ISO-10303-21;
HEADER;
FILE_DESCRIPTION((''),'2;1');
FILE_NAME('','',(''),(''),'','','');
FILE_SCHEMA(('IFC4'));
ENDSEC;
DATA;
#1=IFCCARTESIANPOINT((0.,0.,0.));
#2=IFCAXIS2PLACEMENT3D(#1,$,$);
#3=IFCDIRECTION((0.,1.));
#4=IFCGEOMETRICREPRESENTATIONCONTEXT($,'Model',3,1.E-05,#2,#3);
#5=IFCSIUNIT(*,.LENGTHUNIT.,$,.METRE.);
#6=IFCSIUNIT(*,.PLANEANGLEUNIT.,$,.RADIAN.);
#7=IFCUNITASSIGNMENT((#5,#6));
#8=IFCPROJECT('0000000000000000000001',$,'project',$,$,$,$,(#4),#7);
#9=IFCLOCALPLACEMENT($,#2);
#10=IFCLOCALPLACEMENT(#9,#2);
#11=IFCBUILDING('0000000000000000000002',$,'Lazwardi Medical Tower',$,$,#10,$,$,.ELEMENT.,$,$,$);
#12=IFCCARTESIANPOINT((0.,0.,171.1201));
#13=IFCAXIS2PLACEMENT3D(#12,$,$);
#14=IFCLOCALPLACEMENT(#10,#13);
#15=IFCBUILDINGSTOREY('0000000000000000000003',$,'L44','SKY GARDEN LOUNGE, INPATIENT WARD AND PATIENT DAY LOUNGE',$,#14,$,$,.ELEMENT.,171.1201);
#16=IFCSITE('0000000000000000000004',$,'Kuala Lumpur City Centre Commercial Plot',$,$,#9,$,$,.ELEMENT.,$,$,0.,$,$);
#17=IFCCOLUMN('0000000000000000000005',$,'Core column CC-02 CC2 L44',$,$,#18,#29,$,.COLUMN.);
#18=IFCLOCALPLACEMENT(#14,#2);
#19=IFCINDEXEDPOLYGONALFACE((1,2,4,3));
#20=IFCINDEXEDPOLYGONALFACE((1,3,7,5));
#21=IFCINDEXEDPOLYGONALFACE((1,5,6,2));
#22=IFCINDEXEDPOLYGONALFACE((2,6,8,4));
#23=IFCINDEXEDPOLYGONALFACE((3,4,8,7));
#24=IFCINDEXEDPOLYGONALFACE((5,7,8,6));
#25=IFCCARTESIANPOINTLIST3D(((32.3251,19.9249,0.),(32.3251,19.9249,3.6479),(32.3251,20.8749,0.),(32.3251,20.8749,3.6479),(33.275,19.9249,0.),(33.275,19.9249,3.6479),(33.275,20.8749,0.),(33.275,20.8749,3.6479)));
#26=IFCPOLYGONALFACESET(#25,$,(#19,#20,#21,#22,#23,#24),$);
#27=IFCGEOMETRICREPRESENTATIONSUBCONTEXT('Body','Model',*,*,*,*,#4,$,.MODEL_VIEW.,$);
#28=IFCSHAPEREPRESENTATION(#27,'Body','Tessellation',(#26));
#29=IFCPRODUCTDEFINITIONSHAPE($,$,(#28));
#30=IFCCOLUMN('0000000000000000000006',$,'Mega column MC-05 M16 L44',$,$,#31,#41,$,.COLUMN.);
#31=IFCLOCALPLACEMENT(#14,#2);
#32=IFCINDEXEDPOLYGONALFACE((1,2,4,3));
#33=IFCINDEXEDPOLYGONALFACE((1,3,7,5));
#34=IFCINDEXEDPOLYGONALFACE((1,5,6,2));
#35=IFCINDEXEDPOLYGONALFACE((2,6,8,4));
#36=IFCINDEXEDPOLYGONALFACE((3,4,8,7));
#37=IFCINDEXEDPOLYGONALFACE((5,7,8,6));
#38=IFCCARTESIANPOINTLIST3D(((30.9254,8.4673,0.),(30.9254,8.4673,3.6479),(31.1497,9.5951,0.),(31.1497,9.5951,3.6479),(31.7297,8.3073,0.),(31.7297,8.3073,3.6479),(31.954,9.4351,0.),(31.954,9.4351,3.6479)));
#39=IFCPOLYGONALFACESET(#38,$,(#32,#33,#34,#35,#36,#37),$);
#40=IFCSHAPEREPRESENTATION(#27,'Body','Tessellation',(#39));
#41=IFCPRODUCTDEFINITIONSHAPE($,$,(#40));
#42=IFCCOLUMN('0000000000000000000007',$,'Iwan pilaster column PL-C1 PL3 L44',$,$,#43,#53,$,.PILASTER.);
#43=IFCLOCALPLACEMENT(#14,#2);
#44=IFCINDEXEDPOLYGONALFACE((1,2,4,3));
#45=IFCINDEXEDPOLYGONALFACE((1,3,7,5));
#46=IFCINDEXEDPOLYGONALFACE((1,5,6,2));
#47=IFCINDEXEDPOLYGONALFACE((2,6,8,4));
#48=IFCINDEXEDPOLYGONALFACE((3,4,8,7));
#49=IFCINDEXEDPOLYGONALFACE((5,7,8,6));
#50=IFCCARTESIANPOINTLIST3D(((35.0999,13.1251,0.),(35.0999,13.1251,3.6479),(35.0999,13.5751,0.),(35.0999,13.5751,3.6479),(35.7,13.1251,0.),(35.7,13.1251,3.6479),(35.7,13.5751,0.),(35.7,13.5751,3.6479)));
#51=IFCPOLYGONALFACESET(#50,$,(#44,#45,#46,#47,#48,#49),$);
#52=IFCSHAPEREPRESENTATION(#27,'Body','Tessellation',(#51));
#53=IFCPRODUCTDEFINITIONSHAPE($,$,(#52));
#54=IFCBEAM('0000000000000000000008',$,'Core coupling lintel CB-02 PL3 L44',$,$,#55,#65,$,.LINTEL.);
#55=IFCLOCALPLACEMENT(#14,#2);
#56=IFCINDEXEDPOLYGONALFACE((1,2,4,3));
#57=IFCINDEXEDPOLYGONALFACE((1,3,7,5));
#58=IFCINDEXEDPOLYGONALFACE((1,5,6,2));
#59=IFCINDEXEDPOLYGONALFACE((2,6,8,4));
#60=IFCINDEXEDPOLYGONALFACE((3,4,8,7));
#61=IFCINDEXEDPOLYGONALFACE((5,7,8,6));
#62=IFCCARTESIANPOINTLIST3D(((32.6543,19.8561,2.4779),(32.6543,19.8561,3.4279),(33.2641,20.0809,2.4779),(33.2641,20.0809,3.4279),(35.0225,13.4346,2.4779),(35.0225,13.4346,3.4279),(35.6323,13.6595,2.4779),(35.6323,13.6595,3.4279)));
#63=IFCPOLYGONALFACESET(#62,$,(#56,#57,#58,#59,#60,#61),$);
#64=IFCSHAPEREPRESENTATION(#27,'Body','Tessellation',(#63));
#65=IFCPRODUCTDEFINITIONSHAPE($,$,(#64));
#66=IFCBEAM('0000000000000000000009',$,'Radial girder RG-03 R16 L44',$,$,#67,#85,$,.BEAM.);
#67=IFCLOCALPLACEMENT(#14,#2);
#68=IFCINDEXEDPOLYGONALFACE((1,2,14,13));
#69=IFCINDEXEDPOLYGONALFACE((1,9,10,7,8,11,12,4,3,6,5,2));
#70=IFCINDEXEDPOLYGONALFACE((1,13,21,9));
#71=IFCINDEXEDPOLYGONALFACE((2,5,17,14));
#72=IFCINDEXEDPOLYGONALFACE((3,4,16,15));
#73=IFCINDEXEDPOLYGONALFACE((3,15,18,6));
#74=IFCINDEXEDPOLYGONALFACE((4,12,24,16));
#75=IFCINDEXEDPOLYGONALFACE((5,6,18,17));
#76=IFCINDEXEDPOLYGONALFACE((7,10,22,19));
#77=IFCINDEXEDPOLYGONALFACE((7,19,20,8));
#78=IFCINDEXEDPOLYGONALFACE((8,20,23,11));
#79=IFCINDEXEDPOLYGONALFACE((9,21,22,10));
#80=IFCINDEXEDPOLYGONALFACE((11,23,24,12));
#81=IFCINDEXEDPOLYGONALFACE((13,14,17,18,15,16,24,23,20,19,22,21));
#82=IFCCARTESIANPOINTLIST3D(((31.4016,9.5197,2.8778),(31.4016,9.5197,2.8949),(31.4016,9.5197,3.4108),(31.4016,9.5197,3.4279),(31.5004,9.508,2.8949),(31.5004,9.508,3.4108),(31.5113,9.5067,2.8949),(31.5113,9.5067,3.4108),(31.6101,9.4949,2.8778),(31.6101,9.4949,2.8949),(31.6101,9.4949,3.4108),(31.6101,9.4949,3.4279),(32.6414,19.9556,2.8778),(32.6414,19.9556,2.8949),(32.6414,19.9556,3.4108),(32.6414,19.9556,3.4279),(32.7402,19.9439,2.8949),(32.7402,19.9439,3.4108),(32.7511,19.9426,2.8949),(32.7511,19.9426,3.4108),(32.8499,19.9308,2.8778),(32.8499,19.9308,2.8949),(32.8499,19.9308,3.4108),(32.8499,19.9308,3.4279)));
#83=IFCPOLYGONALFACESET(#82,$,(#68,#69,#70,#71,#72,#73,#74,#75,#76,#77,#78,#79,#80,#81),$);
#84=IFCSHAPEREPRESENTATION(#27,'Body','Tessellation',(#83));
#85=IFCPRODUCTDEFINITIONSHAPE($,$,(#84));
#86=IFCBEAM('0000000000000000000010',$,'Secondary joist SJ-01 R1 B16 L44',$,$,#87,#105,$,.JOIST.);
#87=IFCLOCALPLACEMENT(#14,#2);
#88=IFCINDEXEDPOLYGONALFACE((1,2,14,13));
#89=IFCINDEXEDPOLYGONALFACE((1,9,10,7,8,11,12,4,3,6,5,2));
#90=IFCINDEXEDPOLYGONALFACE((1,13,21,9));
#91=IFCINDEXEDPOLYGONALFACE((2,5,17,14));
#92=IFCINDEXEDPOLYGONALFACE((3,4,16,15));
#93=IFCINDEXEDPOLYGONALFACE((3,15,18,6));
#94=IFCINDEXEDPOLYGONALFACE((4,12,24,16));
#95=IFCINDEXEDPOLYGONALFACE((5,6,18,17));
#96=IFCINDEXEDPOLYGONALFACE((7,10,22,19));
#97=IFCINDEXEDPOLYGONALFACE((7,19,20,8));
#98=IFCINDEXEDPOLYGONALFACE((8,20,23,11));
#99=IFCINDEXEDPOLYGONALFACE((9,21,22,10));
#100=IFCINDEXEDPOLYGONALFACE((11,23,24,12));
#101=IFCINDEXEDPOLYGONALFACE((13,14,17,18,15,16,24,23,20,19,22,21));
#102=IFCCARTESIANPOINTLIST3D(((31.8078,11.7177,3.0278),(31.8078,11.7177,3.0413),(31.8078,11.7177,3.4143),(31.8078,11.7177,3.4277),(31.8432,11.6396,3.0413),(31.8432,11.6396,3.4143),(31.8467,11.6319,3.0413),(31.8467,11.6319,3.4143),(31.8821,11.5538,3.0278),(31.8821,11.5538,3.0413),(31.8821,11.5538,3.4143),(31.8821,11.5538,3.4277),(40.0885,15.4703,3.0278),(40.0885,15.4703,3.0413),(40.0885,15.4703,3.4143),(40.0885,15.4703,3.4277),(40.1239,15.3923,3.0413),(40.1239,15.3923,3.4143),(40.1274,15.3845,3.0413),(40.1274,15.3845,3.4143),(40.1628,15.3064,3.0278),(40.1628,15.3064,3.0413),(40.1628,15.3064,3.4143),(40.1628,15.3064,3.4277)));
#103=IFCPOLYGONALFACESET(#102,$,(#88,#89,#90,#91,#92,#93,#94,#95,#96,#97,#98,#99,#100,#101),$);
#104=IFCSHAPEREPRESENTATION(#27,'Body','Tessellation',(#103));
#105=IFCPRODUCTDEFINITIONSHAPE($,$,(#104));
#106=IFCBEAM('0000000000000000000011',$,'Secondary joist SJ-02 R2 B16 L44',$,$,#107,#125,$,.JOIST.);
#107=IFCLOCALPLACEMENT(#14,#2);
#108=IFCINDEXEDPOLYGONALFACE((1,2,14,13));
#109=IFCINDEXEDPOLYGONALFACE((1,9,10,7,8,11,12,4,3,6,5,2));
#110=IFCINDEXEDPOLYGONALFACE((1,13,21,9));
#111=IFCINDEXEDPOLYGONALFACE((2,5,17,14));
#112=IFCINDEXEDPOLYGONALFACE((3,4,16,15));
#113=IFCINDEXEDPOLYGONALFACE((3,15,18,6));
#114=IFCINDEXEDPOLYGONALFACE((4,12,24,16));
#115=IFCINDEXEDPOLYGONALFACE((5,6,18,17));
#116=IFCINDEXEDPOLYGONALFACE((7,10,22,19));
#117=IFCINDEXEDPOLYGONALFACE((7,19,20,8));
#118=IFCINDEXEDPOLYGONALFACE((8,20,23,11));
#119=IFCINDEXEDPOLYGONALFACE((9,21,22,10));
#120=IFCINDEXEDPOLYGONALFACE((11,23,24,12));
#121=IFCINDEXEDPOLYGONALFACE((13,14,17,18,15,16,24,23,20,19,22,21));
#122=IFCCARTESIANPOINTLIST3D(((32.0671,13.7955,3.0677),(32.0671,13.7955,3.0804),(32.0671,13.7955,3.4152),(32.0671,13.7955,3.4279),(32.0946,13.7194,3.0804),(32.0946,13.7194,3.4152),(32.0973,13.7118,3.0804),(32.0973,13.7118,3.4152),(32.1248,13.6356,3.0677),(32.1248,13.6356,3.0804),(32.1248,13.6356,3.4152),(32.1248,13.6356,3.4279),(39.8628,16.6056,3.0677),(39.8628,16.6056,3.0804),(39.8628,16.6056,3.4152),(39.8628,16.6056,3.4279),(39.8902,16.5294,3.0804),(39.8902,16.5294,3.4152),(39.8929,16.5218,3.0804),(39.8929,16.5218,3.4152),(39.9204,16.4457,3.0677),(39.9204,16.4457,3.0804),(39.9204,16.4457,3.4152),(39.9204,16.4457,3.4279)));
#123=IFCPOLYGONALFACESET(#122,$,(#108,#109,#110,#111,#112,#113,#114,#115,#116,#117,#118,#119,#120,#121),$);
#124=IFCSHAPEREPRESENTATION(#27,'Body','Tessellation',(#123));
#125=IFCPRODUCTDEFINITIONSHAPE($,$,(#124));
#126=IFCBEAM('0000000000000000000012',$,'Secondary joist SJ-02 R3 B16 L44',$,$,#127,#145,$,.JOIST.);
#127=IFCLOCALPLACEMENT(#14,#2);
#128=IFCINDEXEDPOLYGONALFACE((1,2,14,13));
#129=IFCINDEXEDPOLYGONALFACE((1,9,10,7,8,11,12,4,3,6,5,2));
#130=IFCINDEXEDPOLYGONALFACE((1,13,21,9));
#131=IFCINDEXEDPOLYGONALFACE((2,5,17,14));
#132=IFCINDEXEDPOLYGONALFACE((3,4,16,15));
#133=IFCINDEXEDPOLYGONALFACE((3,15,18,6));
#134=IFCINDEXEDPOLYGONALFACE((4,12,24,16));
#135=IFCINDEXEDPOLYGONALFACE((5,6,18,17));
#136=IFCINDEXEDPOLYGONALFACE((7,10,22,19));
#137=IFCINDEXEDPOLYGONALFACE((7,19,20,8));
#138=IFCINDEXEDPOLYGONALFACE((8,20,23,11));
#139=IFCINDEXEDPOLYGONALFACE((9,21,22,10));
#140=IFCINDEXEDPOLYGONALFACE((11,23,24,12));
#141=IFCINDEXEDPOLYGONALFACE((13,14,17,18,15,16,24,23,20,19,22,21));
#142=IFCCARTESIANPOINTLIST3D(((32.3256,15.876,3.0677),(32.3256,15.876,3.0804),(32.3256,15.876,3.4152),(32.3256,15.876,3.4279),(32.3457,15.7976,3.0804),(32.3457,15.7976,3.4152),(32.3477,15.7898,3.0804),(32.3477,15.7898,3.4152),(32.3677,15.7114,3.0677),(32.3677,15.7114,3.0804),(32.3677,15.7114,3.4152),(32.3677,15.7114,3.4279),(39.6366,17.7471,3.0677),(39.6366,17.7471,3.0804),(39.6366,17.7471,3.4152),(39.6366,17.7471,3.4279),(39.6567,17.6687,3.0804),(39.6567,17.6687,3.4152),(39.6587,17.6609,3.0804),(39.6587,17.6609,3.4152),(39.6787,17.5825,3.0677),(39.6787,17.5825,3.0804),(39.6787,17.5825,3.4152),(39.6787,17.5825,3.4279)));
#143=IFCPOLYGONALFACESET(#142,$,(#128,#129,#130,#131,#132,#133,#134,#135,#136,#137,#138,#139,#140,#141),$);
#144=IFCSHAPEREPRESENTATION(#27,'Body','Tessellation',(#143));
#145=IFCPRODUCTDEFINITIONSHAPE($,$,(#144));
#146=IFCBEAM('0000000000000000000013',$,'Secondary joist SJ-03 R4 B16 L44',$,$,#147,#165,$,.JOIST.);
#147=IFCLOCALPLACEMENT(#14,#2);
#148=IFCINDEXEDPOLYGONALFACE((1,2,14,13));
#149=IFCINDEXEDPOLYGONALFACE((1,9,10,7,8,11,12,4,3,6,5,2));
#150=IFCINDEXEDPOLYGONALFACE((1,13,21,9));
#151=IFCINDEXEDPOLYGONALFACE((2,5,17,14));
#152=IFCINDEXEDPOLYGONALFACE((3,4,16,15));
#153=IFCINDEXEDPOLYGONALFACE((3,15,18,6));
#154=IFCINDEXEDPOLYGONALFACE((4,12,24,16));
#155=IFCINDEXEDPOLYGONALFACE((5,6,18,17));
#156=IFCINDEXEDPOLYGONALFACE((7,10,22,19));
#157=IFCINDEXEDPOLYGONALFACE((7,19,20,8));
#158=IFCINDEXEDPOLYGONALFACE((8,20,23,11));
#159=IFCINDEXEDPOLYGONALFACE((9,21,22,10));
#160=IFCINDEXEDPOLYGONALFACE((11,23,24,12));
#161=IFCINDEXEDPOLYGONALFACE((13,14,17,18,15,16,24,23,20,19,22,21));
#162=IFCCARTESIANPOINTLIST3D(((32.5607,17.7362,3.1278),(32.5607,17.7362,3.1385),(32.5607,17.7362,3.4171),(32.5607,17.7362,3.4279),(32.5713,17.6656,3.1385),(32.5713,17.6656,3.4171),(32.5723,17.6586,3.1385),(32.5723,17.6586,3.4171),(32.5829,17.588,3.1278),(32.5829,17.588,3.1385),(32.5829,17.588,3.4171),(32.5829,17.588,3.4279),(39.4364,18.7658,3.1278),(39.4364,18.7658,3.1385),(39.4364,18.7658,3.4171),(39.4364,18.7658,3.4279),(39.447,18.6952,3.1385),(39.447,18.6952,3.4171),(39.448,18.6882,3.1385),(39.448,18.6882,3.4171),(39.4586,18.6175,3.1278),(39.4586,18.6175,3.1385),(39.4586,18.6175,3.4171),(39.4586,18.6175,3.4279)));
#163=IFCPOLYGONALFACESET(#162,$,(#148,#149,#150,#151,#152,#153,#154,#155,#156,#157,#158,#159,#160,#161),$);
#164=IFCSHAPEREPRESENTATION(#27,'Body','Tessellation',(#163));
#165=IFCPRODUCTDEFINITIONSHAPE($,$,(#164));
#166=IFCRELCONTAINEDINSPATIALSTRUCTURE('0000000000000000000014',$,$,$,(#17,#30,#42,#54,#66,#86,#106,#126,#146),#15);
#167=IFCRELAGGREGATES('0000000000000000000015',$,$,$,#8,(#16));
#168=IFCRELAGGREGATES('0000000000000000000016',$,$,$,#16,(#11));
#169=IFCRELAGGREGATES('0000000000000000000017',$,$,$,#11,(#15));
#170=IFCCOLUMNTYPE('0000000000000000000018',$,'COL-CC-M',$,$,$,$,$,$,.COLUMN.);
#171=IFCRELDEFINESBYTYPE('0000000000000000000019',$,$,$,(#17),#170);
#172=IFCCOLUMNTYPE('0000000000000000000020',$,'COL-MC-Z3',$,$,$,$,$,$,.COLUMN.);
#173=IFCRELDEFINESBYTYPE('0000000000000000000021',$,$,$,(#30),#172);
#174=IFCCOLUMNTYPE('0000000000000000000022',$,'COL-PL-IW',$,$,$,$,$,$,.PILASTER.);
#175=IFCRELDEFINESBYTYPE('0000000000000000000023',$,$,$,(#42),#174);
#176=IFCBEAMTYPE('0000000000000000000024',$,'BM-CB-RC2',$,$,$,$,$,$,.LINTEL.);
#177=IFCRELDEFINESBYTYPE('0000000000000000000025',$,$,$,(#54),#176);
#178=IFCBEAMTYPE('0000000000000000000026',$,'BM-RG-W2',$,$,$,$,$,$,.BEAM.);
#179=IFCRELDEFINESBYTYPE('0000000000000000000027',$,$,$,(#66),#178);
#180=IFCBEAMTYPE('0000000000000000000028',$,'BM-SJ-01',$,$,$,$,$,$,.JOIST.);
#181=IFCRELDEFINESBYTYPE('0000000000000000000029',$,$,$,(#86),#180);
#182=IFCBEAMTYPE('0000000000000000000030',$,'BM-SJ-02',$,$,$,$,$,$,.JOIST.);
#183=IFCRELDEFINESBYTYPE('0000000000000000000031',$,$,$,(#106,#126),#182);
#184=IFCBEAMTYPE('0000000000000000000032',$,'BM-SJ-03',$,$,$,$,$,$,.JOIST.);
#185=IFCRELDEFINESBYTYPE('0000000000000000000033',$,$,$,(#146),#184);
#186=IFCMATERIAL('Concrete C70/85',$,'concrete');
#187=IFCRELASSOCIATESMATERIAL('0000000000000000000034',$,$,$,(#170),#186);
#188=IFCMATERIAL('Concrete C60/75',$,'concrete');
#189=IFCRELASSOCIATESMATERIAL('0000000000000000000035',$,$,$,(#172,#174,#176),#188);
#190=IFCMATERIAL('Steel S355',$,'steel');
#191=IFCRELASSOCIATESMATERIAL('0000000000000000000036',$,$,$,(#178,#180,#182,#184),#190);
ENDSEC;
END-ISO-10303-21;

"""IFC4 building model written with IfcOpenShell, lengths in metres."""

from ifc_helpers import new_model, si_unit, direction, frame, origin, origin_2d, place, context, subcontext, project, spatial, rectangle, i_section, extrude, material, material_profile, profile_set, type_object, element, save


model = new_model("IFC4")

# Units and contexts
model_context = context("Model", 3, precision=1e-05, world=origin(), true_north=direction((0.0, 1.0)))
body_context = subcontext(model_context, "Body", "Model", "MODEL_VIEW")
ifc_project = project(units=[si_unit("LENGTHUNIT", "METRE"), si_unit("PLANEANGLEUNIT", "RADIAN")], contexts=[model_context])

# Site, building, storey
site_placement = place(None, origin())
site = spatial("IfcSite", under=ifc_project, at=site_placement, Name="Kuala Lumpur City Centre Commercial Plot", CompositionType="ELEMENT", RefElevation=0.0)
building_placement = place(site_placement, origin())
building = spatial("IfcBuilding", under=site, at=building_placement, Name="Lazwardi Medical Tower", CompositionType="ELEMENT")
storey_placement = place(building_placement, frame((0.0, 0.0, 171.1201)))
storey = spatial("IfcBuildingStorey", under=building, at=storey_placement, Name="L44", Description="SKY GARDEN LOUNGE, INPATIENT WARD AND PATIENT DAY LOUNGE", CompositionType="ELEMENT", Elevation=171.1201)

# Columns
ifc_material_1 = material(Name="Concrete C70/85", Category="concrete")
ifc_material_profile_1 = material_profile(ifc_material_1, rectangle(XDim=0.95, YDim=0.95, at=origin_2d()), Name="RC 950x950")
ifc_profile_set_1 = profile_set([ifc_material_profile_1], Name="Concrete C70/85")
column_type_1 = type_object("IfcColumnType", Name="COL-CC-M", PredefinedType="COLUMN", material=ifc_profile_set_1)
column_1_placement = place(storey_placement, frame((32.8, 20.3999, 0.0), z_axis=(0.0, 0.0, 1.0), x_axis=(1.0, 0.0, 0.0)))
element("IfcColumn", 1, at=column_1_placement, inside=storey, type_object=column_type_1, Name="Core column CC-02 CC2 L44", PredefinedType="COLUMN", context=body_context, shape_type="SweptSolid", body=[
    extrude(rectangle(XDim=0.95, YDim=0.95, at=origin_2d()), origin(), (0.0, 0.0, 1.0), 3.6479),
])
ifc_material_2 = material(Name="Concrete C60/75", Category="concrete")
ifc_material_profile_2 = material_profile(ifc_material_2, rectangle(XDim=1.1499, YDim=0.8201, at=origin_2d()), Name="CFT-RECT 1150x820")
ifc_profile_set_2 = profile_set([ifc_material_profile_2], Name="Concrete C60/75")
column_type_2 = type_object("IfcColumnType", Name="COL-MC-Z3", PredefinedType="COLUMN", material=ifc_profile_set_2)
column_2_placement = place(storey_placement, frame((31.4397, 8.9512, 0.0), z_axis=(0.0, 0.0, 1.0), x_axis=(-0.19509, -0.980785, 0.0)))
element("IfcColumn", 2, at=column_2_placement, inside=storey, type_object=column_type_2, Name="Mega column MC-05 M16 L44", PredefinedType="COLUMN", context=body_context, shape_type="SweptSolid", body=[
    extrude(rectangle(XDim=1.1499, YDim=0.8201, at=origin_2d()), origin(), (0.0, 0.0, 1.0), 3.6479),
])
ifc_material_profile_3 = material_profile(ifc_material_2, rectangle(XDim=0.6001, YDim=0.45, at=origin_2d()), Name="RC 600x450")
ifc_profile_set_3 = profile_set([ifc_material_profile_3], Name="Concrete C60/75")
column_type_3 = type_object("IfcColumnType", Name="COL-PL-IW", PredefinedType="PILASTER", material=ifc_profile_set_3)
column_3_placement = place(storey_placement, frame((35.3999, 13.3501, 0.0), z_axis=(0.0, 0.0, 1.0), x_axis=(1.0, 0.0, 0.0)))
element("IfcColumn", 3, at=column_3_placement, inside=storey, type_object=column_type_3, Name="Iwan pilaster column PL-C1 PL3 L44", PredefinedType="PILASTER", context=body_context, shape_type="SweptSolid", body=[
    extrude(rectangle(XDim=0.6001, YDim=0.45, at=origin_2d()), origin(), (0.0, 0.0, 1.0), 3.6479),
])

# Beams
ifc_material_profile_4 = material_profile(ifc_material_2, rectangle(XDim=0.6499, YDim=0.95, at=origin_2d()), Name="RC 650x950")
ifc_profile_set_4 = profile_set([ifc_material_profile_4], Name="Concrete C60/75")
beam_type_1 = type_object("IfcBeamType", Name="BM-CB-RC2", PredefinedType="LINTEL", material=ifc_profile_set_4)
beam_1_placement = place(storey_placement, frame((32.9592, 19.9685, 2.9529), z_axis=(0.346013, -0.93823, 0.0), x_axis=(0.93823, 0.346013, 0.0)))
element("IfcBeam", 4, at=beam_1_placement, inside=storey, type_object=beam_type_1, Name="Core coupling lintel CB-02 PL3 L44", PredefinedType="LINTEL", context=body_context, shape_type="SweptSolid", body=[
    extrude(rectangle(XDim=0.6499, YDim=0.95, at=origin_2d()), origin(), (0.0, 0.0, 1.0), 6.8442),
])
ifc_material_3 = material(Name="Steel S355", Category="steel")
ifc_material_profile_5 = material_profile(ifc_material_3, i_section(OverallWidth=0.21, OverallDepth=0.55, WebThickness=0.011, FlangeThickness=0.0171, at=origin_2d()), Name="IPE 550")
ifc_profile_set_5 = profile_set([ifc_material_profile_5], Name="Steel S355")
beam_type_2 = type_object("IfcBeamType", Name="BM-RG-W2", PredefinedType="BEAM", material=ifc_profile_set_5)
beam_2_placement = place(storey_placement, frame((31.5059, 9.5073, 3.1528), z_axis=(0.117968, 0.993017, 0.0), x_axis=(-0.993017, 0.117968, 0.0)))
element("IfcBeam", 5, at=beam_2_placement, inside=storey, type_object=beam_type_2, Name="Radial girder RG-03 R16 L44", PredefinedType="BEAM", context=body_context, shape_type="SweptSolid", body=[
    extrude(i_section(OverallWidth=0.21, OverallDepth=0.55, WebThickness=0.011, FlangeThickness=0.0171, at=origin_2d()), origin(), (0.0, 0.0, 1.0), 10.5093),
])
ifc_material_profile_6 = material_profile(ifc_material_3, i_section(OverallWidth=0.1799, OverallDepth=0.3999, WebThickness=0.0085, FlangeThickness=0.0134, at=origin_2d()), Name="IPE 400")
ifc_profile_set_6 = profile_set([ifc_material_profile_6], Name="Steel S355")
beam_type_3 = type_object("IfcBeamType", Name="BM-SJ-01", PredefinedType="JOIST", material=ifc_profile_set_6)
beam_3_placement = place(storey_placement, frame((31.845, 11.6357, 3.2278), z_axis=(0.910834, 0.412773, 0.0), x_axis=(-0.412773, 0.910834, 0.0)))
element("IfcBeam", 6, at=beam_3_placement, inside=storey, type_object=beam_type_3, Name="Secondary joist SJ-01 R1 B16 L44", PredefinedType="JOIST", context=body_context, shape_type="SweptSolid", body=[
    extrude(i_section(OverallWidth=0.1799, OverallDepth=0.3999, WebThickness=0.0085, FlangeThickness=0.0134, at=origin_2d()), origin(), (0.0, 0.0, 1.0), 9.0913),
])
ifc_material_profile_7 = material_profile(ifc_material_3, i_section(OverallWidth=0.1699, OverallDepth=0.3601, WebThickness=0.0081, FlangeThickness=0.0127, at=origin_2d()), Name="IPE 360")
ifc_profile_set_7 = profile_set([ifc_material_profile_7], Name="Steel S355")
beam_type_4 = type_object("IfcBeamType", Name="BM-SJ-02", PredefinedType="JOIST", material=ifc_profile_set_7)
beam_4_placement = place(storey_placement, frame((32.0959, 13.7156, 3.2478), z_axis=(0.940748, 0.339106, 0.0), x_axis=(-0.339106, 0.940748, 0.0)))
element("IfcBeam", 7, at=beam_4_placement, inside=storey, type_object=beam_type_4, Name="Secondary joist SJ-02 R2 B16 L44", PredefinedType="JOIST", context=body_context, shape_type="SweptSolid", body=[
    extrude(i_section(OverallWidth=0.1699, OverallDepth=0.3601, WebThickness=0.0081, FlangeThickness=0.0127, at=origin_2d()), origin(), (0.0, 0.0, 1.0), 8.2866),
])
beam_5_placement = place(storey_placement, frame((32.3467, 15.7937, 3.2478), z_axis=(0.968776, 0.247936, 0.0), x_axis=(-0.247936, 0.968776, 0.0)))
element("IfcBeam", 8, at=beam_5_placement, inside=storey, type_object=beam_type_4, Name="Secondary joist SJ-02 R3 B16 L44", PredefinedType="JOIST", context=body_context, shape_type="SweptSolid", body=[
    extrude(i_section(OverallWidth=0.1699, OverallDepth=0.3601, WebThickness=0.0081, FlangeThickness=0.0127, at=origin_2d()), origin(), (0.0, 0.0, 1.0), 7.5466),
])
ifc_material_profile_8 = material_profile(ifc_material_3, i_section(OverallWidth=0.1499, OverallDepth=0.3, WebThickness=0.0071, FlangeThickness=0.0107, at=origin_2d()), Name="IPE 300")
ifc_profile_set_8 = profile_set([ifc_material_profile_8], Name="Steel S355")
beam_type_5 = type_object("IfcBeamType", Name="BM-SJ-03", PredefinedType="JOIST", material=ifc_profile_set_8)
beam_6_placement = place(storey_placement, frame((32.5718, 17.6621, 3.2778), z_axis=(0.988975, 0.148085, 0.0), x_axis=(-0.148085, 0.988975, 0.0)))
element("IfcBeam", 9, at=beam_6_placement, inside=storey, type_object=beam_type_5, Name="Secondary joist SJ-03 R4 B16 L44", PredefinedType="JOIST", context=body_context, shape_type="SweptSolid", body=[
    extrude(i_section(OverallWidth=0.1499, OverallDepth=0.3, WebThickness=0.0071, FlangeThickness=0.0107, at=origin_2d()), origin(), (0.0, 0.0, 1.0), 6.9524),
])

save(model, "model.ifc")
